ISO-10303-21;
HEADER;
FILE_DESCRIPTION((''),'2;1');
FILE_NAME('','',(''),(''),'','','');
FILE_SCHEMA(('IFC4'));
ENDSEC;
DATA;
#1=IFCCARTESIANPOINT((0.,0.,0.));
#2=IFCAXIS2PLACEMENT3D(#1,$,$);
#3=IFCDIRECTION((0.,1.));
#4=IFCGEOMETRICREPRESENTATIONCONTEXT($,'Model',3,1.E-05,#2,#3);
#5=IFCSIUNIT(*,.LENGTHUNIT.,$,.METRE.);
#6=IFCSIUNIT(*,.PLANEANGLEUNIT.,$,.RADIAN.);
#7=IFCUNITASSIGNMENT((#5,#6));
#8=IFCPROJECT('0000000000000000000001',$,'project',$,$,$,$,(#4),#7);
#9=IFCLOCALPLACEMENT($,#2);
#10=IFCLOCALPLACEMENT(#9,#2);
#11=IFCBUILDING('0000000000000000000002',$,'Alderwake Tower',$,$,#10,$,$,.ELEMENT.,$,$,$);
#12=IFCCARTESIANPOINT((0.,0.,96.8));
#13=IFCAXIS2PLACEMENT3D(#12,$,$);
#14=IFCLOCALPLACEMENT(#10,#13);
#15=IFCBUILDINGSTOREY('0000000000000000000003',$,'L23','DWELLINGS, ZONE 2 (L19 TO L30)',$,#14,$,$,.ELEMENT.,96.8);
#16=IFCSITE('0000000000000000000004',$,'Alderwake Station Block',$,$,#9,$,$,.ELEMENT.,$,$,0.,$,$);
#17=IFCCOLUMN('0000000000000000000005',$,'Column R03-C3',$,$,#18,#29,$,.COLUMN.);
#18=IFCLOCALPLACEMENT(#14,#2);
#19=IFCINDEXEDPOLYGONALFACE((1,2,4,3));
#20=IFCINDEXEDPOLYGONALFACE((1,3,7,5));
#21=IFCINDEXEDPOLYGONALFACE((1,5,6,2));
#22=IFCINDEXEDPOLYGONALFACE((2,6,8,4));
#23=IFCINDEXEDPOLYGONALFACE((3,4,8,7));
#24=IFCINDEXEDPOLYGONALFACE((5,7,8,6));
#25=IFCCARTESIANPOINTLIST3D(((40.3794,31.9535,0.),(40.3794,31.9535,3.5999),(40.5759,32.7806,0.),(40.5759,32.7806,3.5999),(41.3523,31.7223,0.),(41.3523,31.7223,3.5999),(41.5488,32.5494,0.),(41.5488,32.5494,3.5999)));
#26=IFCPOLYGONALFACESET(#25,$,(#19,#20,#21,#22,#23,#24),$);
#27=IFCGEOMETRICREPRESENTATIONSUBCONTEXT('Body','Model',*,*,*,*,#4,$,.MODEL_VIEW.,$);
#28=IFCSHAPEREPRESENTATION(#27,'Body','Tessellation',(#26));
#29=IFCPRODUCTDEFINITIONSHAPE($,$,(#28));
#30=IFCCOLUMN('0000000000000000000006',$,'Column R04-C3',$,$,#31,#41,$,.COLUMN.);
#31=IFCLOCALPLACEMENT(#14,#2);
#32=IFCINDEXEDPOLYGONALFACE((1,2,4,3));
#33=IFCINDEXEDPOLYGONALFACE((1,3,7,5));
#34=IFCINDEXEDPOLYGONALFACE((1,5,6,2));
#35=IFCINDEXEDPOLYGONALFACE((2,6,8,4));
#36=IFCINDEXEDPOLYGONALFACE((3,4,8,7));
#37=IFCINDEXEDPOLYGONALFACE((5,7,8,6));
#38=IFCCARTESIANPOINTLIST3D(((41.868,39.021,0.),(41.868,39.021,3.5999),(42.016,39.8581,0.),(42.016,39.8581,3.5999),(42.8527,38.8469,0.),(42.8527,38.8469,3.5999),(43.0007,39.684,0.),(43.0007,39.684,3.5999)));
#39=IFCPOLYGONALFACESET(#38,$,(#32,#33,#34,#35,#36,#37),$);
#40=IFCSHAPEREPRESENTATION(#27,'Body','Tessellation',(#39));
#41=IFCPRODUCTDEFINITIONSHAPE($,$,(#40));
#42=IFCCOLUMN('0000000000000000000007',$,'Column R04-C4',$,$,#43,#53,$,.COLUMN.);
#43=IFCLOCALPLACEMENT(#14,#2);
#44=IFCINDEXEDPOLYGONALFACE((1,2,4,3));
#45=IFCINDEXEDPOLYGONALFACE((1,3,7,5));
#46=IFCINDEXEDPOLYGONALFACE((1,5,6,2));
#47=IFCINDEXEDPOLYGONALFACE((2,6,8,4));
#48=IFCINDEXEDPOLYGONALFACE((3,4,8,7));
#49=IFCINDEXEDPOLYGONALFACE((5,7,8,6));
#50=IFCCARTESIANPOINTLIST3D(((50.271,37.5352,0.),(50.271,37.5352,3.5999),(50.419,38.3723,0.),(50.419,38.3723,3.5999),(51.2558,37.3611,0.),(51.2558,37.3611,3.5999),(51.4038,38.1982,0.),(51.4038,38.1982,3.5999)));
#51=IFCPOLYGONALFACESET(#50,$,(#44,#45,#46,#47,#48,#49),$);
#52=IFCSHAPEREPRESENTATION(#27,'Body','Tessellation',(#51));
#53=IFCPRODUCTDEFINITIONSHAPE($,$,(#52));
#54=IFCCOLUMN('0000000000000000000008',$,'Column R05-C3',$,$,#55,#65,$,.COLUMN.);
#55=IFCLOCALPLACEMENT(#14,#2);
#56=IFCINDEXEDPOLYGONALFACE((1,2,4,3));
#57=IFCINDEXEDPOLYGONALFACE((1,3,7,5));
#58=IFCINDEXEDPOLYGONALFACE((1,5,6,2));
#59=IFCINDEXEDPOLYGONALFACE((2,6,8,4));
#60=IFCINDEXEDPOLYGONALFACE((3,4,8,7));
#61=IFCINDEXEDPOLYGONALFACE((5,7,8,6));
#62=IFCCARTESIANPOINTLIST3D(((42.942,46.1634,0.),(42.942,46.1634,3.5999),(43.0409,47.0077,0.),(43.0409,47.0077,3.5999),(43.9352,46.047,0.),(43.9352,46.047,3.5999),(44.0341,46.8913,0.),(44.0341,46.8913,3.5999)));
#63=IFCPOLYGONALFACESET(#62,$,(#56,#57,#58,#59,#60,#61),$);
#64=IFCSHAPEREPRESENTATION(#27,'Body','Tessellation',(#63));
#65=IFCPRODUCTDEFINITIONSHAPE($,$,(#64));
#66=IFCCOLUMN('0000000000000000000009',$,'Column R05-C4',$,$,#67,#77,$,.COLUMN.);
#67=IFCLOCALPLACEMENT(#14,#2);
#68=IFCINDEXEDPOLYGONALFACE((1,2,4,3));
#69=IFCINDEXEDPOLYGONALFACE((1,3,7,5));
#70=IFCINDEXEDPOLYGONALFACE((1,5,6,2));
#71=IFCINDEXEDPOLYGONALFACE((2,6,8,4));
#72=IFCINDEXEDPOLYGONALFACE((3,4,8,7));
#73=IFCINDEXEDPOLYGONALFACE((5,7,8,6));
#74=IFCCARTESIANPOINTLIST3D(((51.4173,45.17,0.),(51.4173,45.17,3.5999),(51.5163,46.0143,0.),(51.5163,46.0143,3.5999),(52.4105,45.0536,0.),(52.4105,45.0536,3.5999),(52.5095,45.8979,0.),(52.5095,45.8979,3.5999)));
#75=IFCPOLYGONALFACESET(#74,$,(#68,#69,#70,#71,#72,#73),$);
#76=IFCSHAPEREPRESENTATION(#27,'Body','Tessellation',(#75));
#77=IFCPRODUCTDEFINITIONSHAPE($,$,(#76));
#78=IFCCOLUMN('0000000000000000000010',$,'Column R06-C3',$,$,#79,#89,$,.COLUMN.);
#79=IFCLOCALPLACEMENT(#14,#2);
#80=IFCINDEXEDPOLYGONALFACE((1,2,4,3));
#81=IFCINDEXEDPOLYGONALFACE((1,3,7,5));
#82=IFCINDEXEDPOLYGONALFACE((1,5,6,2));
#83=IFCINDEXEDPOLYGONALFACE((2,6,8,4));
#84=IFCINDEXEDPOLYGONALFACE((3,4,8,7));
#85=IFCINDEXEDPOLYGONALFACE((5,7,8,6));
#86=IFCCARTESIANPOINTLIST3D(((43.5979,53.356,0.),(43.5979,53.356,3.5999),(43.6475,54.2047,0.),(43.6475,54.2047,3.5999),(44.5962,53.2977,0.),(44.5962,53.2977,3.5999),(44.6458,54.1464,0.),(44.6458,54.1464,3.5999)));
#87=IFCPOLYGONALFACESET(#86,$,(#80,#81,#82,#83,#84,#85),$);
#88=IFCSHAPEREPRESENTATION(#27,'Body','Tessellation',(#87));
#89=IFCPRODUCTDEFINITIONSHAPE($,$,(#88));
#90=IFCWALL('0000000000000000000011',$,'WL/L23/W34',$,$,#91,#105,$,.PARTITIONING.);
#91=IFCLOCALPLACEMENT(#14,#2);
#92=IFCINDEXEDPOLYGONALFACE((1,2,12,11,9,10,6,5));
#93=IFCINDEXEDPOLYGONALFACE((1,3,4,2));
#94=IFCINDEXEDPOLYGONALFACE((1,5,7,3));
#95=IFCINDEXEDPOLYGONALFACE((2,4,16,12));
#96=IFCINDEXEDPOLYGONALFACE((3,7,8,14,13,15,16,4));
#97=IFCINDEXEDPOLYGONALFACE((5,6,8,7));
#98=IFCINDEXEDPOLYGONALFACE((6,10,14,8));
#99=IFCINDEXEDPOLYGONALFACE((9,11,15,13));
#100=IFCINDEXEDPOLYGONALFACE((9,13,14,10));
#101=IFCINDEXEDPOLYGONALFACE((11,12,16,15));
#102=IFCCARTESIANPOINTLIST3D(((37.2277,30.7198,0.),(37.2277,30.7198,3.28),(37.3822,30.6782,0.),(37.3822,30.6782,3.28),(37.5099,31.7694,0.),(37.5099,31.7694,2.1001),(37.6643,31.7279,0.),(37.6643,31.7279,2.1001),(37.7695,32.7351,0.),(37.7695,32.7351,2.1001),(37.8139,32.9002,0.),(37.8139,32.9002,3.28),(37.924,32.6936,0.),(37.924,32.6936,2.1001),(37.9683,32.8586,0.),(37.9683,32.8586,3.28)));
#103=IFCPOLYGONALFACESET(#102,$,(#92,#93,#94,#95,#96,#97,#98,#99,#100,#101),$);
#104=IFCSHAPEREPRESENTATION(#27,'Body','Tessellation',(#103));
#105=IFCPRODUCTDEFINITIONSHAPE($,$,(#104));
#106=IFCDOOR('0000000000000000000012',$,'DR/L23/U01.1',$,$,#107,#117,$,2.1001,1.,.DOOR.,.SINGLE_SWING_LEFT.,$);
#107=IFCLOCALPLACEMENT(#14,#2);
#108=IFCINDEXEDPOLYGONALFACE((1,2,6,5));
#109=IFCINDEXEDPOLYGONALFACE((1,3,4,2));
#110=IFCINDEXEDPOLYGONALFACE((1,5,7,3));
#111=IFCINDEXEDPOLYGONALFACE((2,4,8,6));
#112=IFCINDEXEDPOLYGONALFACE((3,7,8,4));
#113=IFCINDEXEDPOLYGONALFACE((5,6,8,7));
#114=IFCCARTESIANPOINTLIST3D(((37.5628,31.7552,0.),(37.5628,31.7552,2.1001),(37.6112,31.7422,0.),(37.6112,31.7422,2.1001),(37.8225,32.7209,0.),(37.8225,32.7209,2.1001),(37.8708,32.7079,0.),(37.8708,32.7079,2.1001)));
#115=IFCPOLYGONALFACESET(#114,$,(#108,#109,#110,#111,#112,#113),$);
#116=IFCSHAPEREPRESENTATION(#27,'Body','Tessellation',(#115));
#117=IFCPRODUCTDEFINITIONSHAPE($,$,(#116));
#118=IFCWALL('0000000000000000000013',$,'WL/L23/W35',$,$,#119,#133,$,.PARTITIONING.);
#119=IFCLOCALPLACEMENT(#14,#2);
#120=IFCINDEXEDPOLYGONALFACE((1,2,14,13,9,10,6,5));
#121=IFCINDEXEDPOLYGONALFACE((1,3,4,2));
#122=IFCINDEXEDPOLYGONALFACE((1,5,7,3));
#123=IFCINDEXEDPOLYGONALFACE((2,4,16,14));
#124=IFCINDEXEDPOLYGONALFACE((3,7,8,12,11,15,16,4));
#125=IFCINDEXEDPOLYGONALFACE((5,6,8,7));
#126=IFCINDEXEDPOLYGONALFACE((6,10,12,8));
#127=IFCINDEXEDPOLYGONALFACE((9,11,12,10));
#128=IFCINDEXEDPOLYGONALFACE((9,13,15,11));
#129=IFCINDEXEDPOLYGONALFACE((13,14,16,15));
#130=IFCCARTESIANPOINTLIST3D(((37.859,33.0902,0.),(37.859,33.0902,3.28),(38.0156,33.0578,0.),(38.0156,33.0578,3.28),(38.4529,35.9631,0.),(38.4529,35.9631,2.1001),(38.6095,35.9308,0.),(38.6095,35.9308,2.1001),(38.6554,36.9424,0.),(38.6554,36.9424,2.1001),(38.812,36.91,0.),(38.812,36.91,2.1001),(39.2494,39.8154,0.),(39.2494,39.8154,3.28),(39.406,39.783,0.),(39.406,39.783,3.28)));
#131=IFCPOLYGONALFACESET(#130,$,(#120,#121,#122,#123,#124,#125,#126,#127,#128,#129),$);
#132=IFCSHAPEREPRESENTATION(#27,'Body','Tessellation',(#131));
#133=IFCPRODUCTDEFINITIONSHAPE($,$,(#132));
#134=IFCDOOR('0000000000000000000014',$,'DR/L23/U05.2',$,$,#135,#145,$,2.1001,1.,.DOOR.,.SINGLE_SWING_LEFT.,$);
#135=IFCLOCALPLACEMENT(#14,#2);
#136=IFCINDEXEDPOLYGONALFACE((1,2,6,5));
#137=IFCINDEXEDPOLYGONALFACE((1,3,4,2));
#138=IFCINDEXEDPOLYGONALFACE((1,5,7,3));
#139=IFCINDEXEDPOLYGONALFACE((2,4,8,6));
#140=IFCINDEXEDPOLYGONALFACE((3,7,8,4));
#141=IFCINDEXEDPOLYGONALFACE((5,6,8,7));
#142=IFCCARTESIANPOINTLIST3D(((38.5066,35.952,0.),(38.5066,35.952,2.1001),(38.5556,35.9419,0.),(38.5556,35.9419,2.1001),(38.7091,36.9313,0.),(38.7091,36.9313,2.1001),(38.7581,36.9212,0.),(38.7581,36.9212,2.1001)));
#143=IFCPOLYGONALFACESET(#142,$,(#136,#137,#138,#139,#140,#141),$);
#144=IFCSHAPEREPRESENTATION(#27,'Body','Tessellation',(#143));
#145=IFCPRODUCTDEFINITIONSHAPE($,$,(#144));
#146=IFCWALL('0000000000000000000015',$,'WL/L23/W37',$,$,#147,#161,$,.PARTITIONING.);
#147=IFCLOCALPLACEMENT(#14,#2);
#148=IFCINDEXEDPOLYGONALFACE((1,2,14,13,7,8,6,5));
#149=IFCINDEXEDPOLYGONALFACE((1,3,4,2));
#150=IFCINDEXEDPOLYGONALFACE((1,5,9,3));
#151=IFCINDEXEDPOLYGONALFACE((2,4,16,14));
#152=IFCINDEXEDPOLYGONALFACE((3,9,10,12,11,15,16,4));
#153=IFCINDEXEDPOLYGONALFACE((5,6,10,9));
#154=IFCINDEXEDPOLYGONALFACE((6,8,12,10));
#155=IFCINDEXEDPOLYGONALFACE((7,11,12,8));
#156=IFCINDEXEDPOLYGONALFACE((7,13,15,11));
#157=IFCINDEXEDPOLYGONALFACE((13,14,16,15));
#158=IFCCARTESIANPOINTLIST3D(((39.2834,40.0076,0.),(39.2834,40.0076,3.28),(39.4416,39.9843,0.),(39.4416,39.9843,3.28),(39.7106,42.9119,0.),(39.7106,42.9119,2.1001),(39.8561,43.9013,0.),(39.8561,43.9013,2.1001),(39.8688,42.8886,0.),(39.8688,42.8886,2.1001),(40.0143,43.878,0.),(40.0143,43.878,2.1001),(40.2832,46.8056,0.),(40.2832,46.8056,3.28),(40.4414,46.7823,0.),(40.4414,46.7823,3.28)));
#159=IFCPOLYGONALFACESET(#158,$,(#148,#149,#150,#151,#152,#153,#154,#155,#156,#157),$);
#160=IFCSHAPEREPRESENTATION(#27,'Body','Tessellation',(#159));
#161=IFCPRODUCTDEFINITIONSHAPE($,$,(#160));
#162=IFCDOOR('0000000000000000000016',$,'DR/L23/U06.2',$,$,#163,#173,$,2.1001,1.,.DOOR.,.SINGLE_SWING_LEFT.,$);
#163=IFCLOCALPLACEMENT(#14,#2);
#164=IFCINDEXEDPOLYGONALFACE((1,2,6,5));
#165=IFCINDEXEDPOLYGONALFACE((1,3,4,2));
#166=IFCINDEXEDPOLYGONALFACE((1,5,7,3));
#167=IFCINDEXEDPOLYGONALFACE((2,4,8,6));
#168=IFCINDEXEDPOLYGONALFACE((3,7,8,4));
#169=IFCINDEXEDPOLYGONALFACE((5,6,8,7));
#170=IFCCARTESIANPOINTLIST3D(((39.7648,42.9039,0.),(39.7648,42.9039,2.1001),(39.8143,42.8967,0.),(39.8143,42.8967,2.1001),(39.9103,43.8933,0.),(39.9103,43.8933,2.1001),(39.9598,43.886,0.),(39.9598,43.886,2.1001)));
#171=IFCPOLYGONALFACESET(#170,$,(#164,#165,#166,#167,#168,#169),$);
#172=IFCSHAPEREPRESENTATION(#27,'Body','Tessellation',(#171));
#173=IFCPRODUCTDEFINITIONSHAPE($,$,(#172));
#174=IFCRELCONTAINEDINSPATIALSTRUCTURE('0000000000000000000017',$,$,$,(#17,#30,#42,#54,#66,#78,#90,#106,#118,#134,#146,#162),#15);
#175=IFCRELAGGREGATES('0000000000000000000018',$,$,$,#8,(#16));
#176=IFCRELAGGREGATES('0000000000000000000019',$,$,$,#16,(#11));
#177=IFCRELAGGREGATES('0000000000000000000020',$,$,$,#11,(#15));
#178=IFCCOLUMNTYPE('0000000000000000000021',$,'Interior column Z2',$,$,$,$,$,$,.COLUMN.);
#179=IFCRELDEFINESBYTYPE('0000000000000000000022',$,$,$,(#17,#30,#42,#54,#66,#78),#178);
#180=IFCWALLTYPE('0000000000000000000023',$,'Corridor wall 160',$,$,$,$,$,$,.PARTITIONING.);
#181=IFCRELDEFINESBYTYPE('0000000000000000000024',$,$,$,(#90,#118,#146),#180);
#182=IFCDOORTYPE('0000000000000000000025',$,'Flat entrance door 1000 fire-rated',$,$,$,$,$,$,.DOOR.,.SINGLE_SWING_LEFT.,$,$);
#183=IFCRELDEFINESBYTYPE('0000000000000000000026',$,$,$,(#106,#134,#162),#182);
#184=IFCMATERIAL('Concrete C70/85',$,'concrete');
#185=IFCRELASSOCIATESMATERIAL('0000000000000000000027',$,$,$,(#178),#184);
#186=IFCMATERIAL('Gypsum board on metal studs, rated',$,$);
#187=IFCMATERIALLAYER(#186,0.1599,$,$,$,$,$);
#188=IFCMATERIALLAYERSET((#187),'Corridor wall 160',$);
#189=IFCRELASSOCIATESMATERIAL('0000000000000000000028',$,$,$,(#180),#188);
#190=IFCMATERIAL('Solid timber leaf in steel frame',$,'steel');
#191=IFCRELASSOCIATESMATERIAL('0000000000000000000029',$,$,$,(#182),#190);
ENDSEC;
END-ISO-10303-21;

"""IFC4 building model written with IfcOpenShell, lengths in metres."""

from ifc_helpers import new_model, si_unit, direction, frame, frame_2d, origin, origin_2d, place, context, subcontext, project, spatial, rectangle, extrude, material, layer, layer_set, material_profile, profile_set, type_object, element, fill, save


model = new_model("IFC4")

# Units and contexts
model_context = context("Model", 3, precision=1e-05, world=origin(), true_north=direction((0.0, 1.0)))
body_context = subcontext(model_context, "Body", "Model", "MODEL_VIEW")
ifc_project = project(units=[si_unit("LENGTHUNIT", "METRE"), si_unit("PLANEANGLEUNIT", "RADIAN")], contexts=[model_context])

# Site, building, storey
site_placement = place(None, origin())
site = spatial("IfcSite", under=ifc_project, at=site_placement, Name="Alderwake Station Block", CompositionType="ELEMENT", RefElevation=0.0)
building_placement = place(site_placement, origin())
building = spatial("IfcBuilding", under=site, at=building_placement, Name="Alderwake Tower", CompositionType="ELEMENT")
storey_placement = place(building_placement, frame((0.0, 0.0, 96.8)))
storey = spatial("IfcBuildingStorey", under=building, at=storey_placement, Name="L23", Description="DWELLINGS, ZONE 2 (L19 TO L30)", CompositionType="ELEMENT", Elevation=96.8)

# Columns
ifc_material_1 = material(Name="Concrete C70/85", Category="concrete")
ifc_material_profile = material_profile(ifc_material_1, rectangle(XDim=0.8501, YDim=1.0, at=origin_2d()), Name="RC 1000X850")
ifc_profile_set = profile_set([ifc_material_profile], Name="Concrete C70/85")
column_type = type_object("IfcColumnType", Name="Interior column Z2", PredefinedType="COLUMN", material=ifc_profile_set)
for number, where, z_axis, x_axis, name in (
    (1, (40.9641, 32.2515, 0.0), (0.0, 0.0, 1.0), (0.231222, 0.972901, 0.0), "Column R03-C3"),
    (2, (42.4343, 39.3525, 0.0), (0.0, 0.0, 1.0), (0.174107, 0.984727, 0.0), "Column R04-C3"),
    (3, (50.8374, 37.8667, 0.0), (0.0, 0.0, 1.0), (0.174109, 0.984726, 0.0), "Column R04-C4"),
    (4, (43.488, 46.5273, 0.0), (0.0, 0.0, 1.0), (0.116402, 0.993202, 0.0), "Column R05-C3"),
    (5, (51.9634, 45.5339, 0.0), (0.0, 0.0, 1.0), (0.116402, 0.993202, 0.0), "Column R05-C4"),
    (6, (44.1218, 53.7512, 0.0), (0.0, 0.0, 1.0), (0.058301, 0.998299, 0.0), "Column R06-C3"),
):
    element("IfcColumn", number, at=place(storey_placement, frame(where, z_axis=z_axis, x_axis=x_axis)), inside=storey, type_object=column_type, Name=name, PredefinedType="COLUMN", context=body_context, shape_type="SweptSolid", body=[
        extrude(rectangle(XDim=0.8501, YDim=1.0, at=origin_2d()), origin(), (0.0, 0.0, 1.0), 3.5999),
    ])

# Walls, openings, doors
ifc_material_2 = material(Name="Gypsum board on metal studs, rated")
ifc_layer_1 = layer(ifc_material_2, 0.1599)
ifc_layer_set_1 = layer_set([ifc_layer_1], Name="Corridor wall 160")
wall_type_1 = type_object("IfcWallType", Name="Corridor wall 160", PredefinedType="PARTITIONING", material=ifc_layer_set_1)
wall_1_placement = place(storey_placement, frame((37.8911, 32.8794, 0.0), z_axis=(0.0, 0.0, 1.0), x_axis=(-0.259621, -0.965711, 0.0)))
wall_1 = element("IfcWall", 7, at=wall_1_placement, inside=storey, type_object=wall_type_1, Name="WL/L23/W34", PredefinedType="PARTITIONING", context=body_context, shape_type="SweptSolid", body=[
    extrude(rectangle(XDim=2.2578, YDim=0.1599, at=frame_2d((1.1289, 0.0))), origin(), (0.0, 0.0, 1.0), 3.28),
])
opening_1_placement = place(wall_1_placement, frame((0.1709, 0.0, 0.0)))
opening_1 = element("IfcOpeningElement", 8, at=opening_1_placement, cuts=wall_1, PredefinedType="OPENING", context=body_context, shape_type="SweptSolid", body=[
    extrude(rectangle(XDim=1.0, YDim=2.1001, at=frame_2d((0.5, 1.05))), frame((0.0, 0.0898, 0.0), z_axis=(0.0, -1.0, 0.0), x_axis=(1.0, 0.0, 0.0)), (0.0, 0.0, 1.0), 0.1799),
])
ifc_material_3 = material(Name="Solid timber leaf in steel frame", Category="steel")
door_type_1 = type_object("IfcDoorType", Name="Flat entrance door 1000 fire-rated", OperationType="SINGLE_SWING_LEFT", PredefinedType="DOOR", material=ifc_material_3)
door_1_placement = place(opening_1_placement, origin())
door_1 = element("IfcDoor", 9, at=door_1_placement, inside=storey, type_object=door_type_1, Name="DR/L23/U01.1", OperationType="SINGLE_SWING_LEFT", OverallHeight=2.1001, OverallWidth=1.0, PredefinedType="DOOR", context=body_context, shape_type="SweptSolid", body=[
    extrude(rectangle(XDim=1.0, YDim=2.1001, at=frame_2d((0.5, 1.05))), frame((0.0, 0.0249, 0.0), z_axis=(0.0, -1.0, 0.0), x_axis=(1.0, 0.0, 0.0)), (0.0, 0.0, 1.0), 0.05),
])
fill(opening_1, door_1)
wall_2_placement = place(storey_placement, frame((39.3276, 39.7991, 0.0), z_axis=(0.0, 0.0, 1.0), x_axis=(-0.202463, -0.97929, 0.0)))
wall_2 = element("IfcWall", 10, at=wall_2_placement, inside=storey, type_object=wall_type_1, Name="WL/L23/W35", PredefinedType="PARTITIONING", context=body_context, shape_type="SweptSolid", body=[
    extrude(rectangle(XDim=6.8674, YDim=0.1599, at=frame_2d((3.4336, 0.0))), origin(), (0.0, 0.0, 1.0), 3.28),
])
opening_2_placement = place(wall_2_placement, frame((2.9336, 0.0, 0.0)))
opening_2 = element("IfcOpeningElement", 11, at=opening_2_placement, cuts=wall_2, PredefinedType="OPENING", context=body_context, shape_type="SweptSolid", body=[
    extrude(rectangle(XDim=1.0, YDim=2.1001, at=frame_2d((0.5, 1.05))), frame((0.0, 0.0898, 0.0), z_axis=(0.0, -1.0, 0.0), x_axis=(1.0, 0.0, 0.0)), (0.0, 0.0, 1.0), 0.1799),
])
door_2_placement = place(opening_2_placement, origin())
door_2 = element("IfcDoor", 12, at=door_2_placement, inside=storey, type_object=door_type_1, Name="DR/L23/U05.2", OperationType="SINGLE_SWING_LEFT", OverallHeight=2.1001, OverallWidth=1.0, PredefinedType="DOOR", context=body_context, shape_type="SweptSolid", body=[
    extrude(rectangle(XDim=1.0, YDim=2.1001, at=frame_2d((0.5, 1.05))), frame((0.0, 0.0249, 0.0), z_axis=(0.0, -1.0, 0.0), x_axis=(1.0, 0.0, 0.0)), (0.0, 0.0, 1.0), 0.05),
])
fill(opening_2, door_2)
wall_3_placement = place(storey_placement, frame((40.3623, 46.7939, 0.0), z_axis=(0.0, 0.0, 1.0), x_axis=(-0.145504, -0.989358, 0.0)))
wall_3 = element("IfcWall", 13, at=wall_3_placement, inside=storey, type_object=wall_type_1, Name="WL/L23/W37", PredefinedType="PARTITIONING", context=body_context, shape_type="SweptSolid", body=[
    extrude(rectangle(XDim=6.8711, YDim=0.1599, at=frame_2d((3.4355, 0.0))), origin(), (0.0, 0.0, 1.0), 3.28),
])
opening_3_placement = place(wall_3_placement, frame((2.9355, 0.0, 0.0)))
opening_3 = element("IfcOpeningElement", 14, at=opening_3_placement, cuts=wall_3, PredefinedType="OPENING", context=body_context, shape_type="SweptSolid", body=[
    extrude(rectangle(XDim=1.0, YDim=2.1001, at=frame_2d((0.5, 1.05))), frame((0.0, 0.0898, 0.0), z_axis=(0.0, -1.0, 0.0), x_axis=(1.0, 0.0, 0.0)), (0.0, 0.0, 1.0), 0.1799),
])
door_3_placement = place(opening_3_placement, origin())
door_3 = element("IfcDoor", 15, at=door_3_placement, inside=storey, type_object=door_type_1, Name="DR/L23/U06.2", OperationType="SINGLE_SWING_LEFT", OverallHeight=2.1001, OverallWidth=1.0, PredefinedType="DOOR", context=body_context, shape_type="SweptSolid", body=[
    extrude(rectangle(XDim=1.0, YDim=2.1001, at=frame_2d((0.5, 1.05))), frame((0.0, 0.0249, 0.0), z_axis=(0.0, -1.0, 0.0), x_axis=(1.0, 0.0, 0.0)), (0.0, 0.0, 1.0), 0.05),
])
fill(opening_3, door_3)

save(model, "model.ifc")
